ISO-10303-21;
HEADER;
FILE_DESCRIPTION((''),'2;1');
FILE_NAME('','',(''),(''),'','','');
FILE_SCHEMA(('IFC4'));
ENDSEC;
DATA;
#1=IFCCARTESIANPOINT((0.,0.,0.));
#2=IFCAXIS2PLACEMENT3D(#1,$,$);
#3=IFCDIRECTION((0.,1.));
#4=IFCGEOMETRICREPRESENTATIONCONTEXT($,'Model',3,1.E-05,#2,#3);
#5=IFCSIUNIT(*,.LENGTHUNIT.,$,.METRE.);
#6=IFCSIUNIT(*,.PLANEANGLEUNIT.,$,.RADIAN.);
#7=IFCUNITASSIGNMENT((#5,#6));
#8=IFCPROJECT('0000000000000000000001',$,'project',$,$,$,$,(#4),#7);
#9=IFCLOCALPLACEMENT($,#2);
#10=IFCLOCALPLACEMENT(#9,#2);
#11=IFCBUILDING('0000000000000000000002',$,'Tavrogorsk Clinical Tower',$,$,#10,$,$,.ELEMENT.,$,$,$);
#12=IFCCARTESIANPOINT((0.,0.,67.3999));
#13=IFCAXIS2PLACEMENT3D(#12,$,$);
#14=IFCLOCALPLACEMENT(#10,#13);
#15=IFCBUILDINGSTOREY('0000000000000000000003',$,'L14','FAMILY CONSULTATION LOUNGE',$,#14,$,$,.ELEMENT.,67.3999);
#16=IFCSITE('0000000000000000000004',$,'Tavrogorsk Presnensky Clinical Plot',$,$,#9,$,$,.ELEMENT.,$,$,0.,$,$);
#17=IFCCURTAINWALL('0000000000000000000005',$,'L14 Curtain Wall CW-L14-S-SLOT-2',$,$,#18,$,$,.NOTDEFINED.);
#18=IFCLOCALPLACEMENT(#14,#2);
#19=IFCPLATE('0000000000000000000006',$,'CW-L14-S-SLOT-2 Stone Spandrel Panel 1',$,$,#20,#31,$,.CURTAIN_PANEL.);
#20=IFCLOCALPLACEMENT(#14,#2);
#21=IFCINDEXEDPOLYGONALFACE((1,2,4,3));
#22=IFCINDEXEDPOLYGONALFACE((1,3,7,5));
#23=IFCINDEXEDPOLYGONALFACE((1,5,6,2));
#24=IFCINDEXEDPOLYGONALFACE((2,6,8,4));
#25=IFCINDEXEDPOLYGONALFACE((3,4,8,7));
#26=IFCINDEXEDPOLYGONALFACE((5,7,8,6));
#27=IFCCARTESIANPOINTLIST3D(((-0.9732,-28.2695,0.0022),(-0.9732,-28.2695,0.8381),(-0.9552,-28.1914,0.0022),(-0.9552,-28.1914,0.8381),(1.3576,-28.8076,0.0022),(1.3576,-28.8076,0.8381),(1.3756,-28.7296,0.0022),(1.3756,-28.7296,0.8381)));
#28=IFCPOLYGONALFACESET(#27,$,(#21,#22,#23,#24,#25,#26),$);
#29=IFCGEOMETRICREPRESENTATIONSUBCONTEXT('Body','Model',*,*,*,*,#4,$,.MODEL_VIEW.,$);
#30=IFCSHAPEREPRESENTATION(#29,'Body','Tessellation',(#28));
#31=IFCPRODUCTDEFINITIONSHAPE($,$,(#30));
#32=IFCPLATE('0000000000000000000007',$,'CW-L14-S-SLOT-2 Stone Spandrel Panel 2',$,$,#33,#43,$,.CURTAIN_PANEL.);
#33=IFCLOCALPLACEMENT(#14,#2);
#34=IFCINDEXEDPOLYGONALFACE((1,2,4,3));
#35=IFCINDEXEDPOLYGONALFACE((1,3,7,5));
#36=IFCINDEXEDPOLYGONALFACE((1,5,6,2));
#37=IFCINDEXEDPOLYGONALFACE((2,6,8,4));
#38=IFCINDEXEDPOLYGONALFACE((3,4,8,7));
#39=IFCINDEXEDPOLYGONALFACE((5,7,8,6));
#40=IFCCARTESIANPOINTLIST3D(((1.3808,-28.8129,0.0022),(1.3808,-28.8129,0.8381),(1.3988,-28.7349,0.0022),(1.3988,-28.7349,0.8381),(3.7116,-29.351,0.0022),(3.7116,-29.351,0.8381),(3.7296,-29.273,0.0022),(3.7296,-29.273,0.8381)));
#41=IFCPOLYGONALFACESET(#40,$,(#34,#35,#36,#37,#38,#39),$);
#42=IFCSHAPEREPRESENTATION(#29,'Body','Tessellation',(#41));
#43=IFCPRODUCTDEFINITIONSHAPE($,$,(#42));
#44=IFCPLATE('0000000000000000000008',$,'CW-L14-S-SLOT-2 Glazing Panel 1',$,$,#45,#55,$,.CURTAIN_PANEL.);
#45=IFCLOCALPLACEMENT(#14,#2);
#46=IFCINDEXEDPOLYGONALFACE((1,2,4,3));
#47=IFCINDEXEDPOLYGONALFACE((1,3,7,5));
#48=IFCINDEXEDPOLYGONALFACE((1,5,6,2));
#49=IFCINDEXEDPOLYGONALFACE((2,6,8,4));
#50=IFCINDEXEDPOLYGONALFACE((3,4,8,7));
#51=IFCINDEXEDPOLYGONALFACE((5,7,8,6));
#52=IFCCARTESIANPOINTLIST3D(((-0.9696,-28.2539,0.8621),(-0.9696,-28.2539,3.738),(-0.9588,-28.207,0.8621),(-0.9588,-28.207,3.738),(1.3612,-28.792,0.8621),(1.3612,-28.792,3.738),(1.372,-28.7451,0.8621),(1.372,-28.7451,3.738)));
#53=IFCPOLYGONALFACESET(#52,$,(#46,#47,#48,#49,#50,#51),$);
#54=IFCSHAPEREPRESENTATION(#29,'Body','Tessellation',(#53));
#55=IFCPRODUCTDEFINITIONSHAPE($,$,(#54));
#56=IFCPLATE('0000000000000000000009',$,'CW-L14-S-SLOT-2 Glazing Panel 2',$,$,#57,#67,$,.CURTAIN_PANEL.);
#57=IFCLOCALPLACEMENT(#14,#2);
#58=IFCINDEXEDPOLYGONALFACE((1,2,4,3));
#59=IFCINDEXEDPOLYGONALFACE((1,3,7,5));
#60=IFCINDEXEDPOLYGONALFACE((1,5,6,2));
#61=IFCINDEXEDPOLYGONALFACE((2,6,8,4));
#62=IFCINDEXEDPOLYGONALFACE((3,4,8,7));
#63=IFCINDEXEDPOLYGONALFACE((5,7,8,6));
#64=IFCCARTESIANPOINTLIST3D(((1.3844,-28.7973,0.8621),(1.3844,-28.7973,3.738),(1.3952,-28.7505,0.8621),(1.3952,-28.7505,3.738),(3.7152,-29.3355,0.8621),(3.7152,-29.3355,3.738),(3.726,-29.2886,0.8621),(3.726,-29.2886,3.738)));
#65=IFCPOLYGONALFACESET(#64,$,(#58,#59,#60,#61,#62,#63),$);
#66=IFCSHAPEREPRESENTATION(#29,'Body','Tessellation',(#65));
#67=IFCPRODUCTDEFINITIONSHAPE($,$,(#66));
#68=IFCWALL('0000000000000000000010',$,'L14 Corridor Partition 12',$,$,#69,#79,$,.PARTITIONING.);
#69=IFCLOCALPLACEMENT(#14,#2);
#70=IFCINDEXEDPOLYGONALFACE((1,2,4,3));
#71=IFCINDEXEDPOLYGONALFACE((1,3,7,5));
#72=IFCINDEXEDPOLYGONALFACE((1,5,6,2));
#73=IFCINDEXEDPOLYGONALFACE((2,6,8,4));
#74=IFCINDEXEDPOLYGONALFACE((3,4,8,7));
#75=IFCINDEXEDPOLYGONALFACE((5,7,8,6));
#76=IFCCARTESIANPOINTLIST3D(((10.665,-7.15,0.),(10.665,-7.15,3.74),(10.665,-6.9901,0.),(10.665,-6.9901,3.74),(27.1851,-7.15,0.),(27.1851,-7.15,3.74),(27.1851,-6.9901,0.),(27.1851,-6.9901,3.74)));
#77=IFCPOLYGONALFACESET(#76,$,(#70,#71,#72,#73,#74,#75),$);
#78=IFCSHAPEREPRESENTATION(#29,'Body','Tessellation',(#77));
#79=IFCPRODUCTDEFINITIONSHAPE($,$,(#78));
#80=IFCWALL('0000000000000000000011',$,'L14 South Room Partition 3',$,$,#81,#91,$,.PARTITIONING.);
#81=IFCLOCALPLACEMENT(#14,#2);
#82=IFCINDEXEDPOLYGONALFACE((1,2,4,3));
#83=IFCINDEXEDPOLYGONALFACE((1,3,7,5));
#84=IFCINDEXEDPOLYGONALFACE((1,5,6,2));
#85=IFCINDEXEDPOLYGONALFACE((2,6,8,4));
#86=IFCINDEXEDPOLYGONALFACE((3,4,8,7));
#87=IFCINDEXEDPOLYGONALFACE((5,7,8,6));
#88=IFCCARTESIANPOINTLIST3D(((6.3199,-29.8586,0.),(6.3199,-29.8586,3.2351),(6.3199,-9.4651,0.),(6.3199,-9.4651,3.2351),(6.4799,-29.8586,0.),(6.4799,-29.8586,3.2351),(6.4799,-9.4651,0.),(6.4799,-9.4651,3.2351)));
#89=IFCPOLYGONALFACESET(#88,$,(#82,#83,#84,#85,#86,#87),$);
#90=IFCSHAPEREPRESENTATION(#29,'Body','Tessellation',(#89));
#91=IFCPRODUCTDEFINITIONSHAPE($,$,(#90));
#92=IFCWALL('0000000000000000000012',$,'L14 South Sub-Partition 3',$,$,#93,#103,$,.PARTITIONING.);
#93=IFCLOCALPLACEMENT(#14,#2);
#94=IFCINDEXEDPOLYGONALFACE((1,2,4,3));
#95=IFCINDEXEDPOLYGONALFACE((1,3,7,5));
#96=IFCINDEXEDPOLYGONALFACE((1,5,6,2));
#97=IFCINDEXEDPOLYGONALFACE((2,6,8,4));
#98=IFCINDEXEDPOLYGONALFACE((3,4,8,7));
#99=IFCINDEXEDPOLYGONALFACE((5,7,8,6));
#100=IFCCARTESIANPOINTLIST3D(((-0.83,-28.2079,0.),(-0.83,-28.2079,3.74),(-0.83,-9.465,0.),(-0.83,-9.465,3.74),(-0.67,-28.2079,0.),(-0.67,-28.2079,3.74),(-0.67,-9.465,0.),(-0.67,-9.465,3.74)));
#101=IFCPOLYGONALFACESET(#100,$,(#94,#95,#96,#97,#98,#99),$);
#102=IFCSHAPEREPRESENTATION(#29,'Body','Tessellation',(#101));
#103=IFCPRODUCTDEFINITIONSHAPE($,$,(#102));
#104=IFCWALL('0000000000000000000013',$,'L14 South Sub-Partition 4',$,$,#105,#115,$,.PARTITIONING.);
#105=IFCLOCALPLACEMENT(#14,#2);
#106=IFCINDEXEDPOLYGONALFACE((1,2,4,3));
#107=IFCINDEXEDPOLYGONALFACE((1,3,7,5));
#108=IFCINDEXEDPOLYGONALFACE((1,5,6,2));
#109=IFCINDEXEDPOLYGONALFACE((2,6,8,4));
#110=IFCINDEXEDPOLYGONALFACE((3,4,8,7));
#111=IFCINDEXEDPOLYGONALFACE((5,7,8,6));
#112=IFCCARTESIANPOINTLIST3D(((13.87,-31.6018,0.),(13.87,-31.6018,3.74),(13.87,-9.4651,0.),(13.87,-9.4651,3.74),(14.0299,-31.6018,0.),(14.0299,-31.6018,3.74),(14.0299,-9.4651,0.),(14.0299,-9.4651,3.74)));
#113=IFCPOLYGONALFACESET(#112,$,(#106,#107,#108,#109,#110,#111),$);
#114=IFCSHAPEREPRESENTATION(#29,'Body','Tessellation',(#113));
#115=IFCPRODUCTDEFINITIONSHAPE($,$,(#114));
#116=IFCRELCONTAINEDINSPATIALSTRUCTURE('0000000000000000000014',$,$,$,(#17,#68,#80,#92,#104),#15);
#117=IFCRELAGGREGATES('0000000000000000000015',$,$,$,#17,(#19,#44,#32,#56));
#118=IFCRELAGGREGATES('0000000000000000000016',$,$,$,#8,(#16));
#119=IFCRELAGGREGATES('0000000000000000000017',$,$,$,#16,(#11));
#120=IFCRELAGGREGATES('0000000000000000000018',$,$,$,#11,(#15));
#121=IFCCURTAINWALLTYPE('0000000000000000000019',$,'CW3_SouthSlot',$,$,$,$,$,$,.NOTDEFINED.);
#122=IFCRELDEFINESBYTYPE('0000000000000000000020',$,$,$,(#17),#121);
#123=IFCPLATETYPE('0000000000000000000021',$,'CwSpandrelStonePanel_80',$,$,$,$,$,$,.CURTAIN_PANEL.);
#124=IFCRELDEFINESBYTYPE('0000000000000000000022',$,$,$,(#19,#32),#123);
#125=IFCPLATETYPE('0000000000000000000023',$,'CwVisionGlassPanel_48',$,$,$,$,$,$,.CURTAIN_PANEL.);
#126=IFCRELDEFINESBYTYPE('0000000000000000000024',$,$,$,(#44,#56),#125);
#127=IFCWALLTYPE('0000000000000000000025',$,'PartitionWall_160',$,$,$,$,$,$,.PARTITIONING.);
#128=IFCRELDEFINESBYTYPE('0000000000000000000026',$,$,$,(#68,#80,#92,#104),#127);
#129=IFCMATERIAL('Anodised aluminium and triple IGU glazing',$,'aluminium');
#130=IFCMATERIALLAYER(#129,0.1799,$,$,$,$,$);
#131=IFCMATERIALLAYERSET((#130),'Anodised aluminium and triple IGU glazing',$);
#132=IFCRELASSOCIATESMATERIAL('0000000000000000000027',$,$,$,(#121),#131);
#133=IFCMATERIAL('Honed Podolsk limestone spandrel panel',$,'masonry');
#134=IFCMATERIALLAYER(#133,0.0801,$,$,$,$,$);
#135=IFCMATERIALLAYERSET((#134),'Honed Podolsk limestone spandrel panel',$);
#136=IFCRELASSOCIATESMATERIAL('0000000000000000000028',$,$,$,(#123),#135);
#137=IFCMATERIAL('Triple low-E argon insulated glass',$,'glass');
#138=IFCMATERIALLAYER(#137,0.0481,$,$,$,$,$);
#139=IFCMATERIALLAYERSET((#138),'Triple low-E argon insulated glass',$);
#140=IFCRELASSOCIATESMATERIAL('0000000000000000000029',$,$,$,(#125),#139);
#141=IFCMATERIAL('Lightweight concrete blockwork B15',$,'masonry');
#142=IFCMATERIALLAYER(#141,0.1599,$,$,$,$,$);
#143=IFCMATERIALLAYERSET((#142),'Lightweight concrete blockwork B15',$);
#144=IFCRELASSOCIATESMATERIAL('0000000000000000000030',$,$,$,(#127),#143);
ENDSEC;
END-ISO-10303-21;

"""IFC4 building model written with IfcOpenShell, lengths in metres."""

from ifc_helpers import new_model, si_unit, direction, frame, frame_2d, origin, origin_2d, place, context, subcontext, project, spatial, rectangle, extrude, material, layer, layer_set, type_object, element, aggregate, save


model = new_model("IFC4")

# Units and contexts
model_context = context("Model", 3, precision=1e-05, world=origin(), true_north=direction((0.0, 1.0)))
body_context = subcontext(model_context, "Body", "Model", "MODEL_VIEW")
ifc_project = project(units=[si_unit("LENGTHUNIT", "METRE"), si_unit("PLANEANGLEUNIT", "RADIAN")], contexts=[model_context])

# Site, building, storey
site_placement = place(None, origin())
site = spatial("IfcSite", under=ifc_project, at=site_placement, Name="Tavrogorsk Presnensky Clinical Plot", CompositionType="ELEMENT", RefElevation=0.0)
building_placement = place(site_placement, origin())
building = spatial("IfcBuilding", under=site, at=building_placement, Name="Tavrogorsk Clinical Tower", CompositionType="ELEMENT")
storey_placement = place(building_placement, frame((0.0, 0.0, 67.3999)))
storey = spatial("IfcBuildingStorey", under=building, at=storey_placement, Name="L14", Description="FAMILY CONSULTATION LOUNGE", CompositionType="ELEMENT", Elevation=67.3999)

# Curtain wall
ifc_material_1 = material(Name="Anodised aluminium and triple IGU glazing", Category="aluminium")
ifc_layer_1 = layer(ifc_material_1, 0.1799)
ifc_layer_set_1 = layer_set([ifc_layer_1], Name="Anodised aluminium and triple IGU glazing")
curtain_wall_type = type_object("IfcCurtainWallType", Name="CW3_SouthSlot", PredefinedType="NOTDEFINED", material=ifc_layer_set_1)
curtain_wall_placement = place(storey_placement, origin())
curtain_wall = element("IfcCurtainWall", 1, at=curtain_wall_placement, inside=storey, type_object=curtain_wall_type, Name="L14 Curtain Wall CW-L14-S-SLOT-2", PredefinedType="NOTDEFINED")

# Plates
ifc_material_2 = material(Name="Honed Podolsk limestone spandrel panel", Category="masonry")
ifc_layer_2 = layer(ifc_material_2, 0.0801)
ifc_layer_set_2 = layer_set([ifc_layer_2], Name="Honed Podolsk limestone spandrel panel")
plate_type_1 = type_object("IfcPlateType", Name="CwSpandrelStonePanel_80", PredefinedType="CURTAIN_PANEL", material=ifc_layer_set_2)
plate_1_placement = place(storey_placement, frame((0.2012, -28.4995, 0.0022), z_axis=(0.0, 0.0, 1.0), x_axis=(0.97437, -0.224951, 0.0)))
plate_1 = element("IfcPlate", 2, at=plate_1_placement, type_object=plate_type_1, Name="CW-L14-S-SLOT-2 Stone Spandrel Panel 1", PredefinedType="CURTAIN_PANEL", context=body_context, shape_type="SweptSolid", body=[
    extrude(rectangle(XDim=2.3921, YDim=0.0801, at=origin_2d()), origin(), (0.0, 0.0, 1.0), 0.8359),
])
plate_2_placement = place(storey_placement, frame((2.5552, -29.043, 0.0022), z_axis=(0.0, 0.0, 1.0), x_axis=(0.97437, -0.224951, 0.0)))
plate_2 = element("IfcPlate", 3, at=plate_2_placement, type_object=plate_type_1, Name="CW-L14-S-SLOT-2 Stone Spandrel Panel 2", PredefinedType="CURTAIN_PANEL", context=body_context, shape_type="SweptSolid", body=[
    extrude(rectangle(XDim=2.3921, YDim=0.0801, at=origin_2d()), origin(), (0.0, 0.0, 1.0), 0.8359),
])
ifc_material_3 = material(Name="Triple low-E argon insulated glass", Category="glass")
ifc_layer_3 = layer(ifc_material_3, 0.0481)
ifc_layer_set_3 = layer_set([ifc_layer_3], Name="Triple low-E argon insulated glass")
plate_type_2 = type_object("IfcPlateType", Name="CwVisionGlassPanel_48", PredefinedType="CURTAIN_PANEL", material=ifc_layer_set_3)
plate_3_placement = place(storey_placement, frame((0.2012, -28.4995, 0.8621), z_axis=(0.0, 0.0, 1.0), x_axis=(0.97437, -0.224951, 0.0)))
plate_3 = element("IfcPlate", 4, at=plate_3_placement, type_object=plate_type_2, Name="CW-L14-S-SLOT-2 Glazing Panel 1", PredefinedType="CURTAIN_PANEL", context=body_context, shape_type="SweptSolid", body=[
    extrude(rectangle(XDim=2.3921, YDim=0.0481, at=origin_2d()), origin(), (0.0, 0.0, 1.0), 2.876),
])
plate_4_placement = place(storey_placement, frame((2.5552, -29.043, 0.8621), z_axis=(0.0, 0.0, 1.0), x_axis=(0.97437, -0.224951, 0.0)))
plate_4 = element("IfcPlate", 5, at=plate_4_placement, type_object=plate_type_2, Name="CW-L14-S-SLOT-2 Glazing Panel 2", PredefinedType="CURTAIN_PANEL", context=body_context, shape_type="SweptSolid", body=[
    extrude(rectangle(XDim=2.3921, YDim=0.0481, at=origin_2d()), origin(), (0.0, 0.0, 1.0), 2.876),
])
aggregate(curtain_wall, [plate_1, plate_3, plate_2, plate_4])

# Walls
ifc_material_4 = material(Name="Lightweight concrete blockwork B15", Category="masonry")
ifc_layer_4 = layer(ifc_material_4, 0.1599)
ifc_layer_set_4 = layer_set([ifc_layer_4], Name="Lightweight concrete blockwork B15")
wall_type_1 = type_object("IfcWallType", Name="PartitionWall_160", PredefinedType="PARTITIONING", material=ifc_layer_set_4)
wall_1_placement = place(storey_placement, frame((10.665, -7.0701, 0.0), z_axis=(0.0, 0.0, 1.0), x_axis=(1.0, 0.0, 0.0)))
element("IfcWall", 6, at=wall_1_placement, inside=storey, type_object=wall_type_1, Name="L14 Corridor Partition 12", PredefinedType="PARTITIONING", context=body_context, shape_type="SweptSolid", body=[
    extrude(rectangle(XDim=16.52, YDim=0.1599, at=frame_2d((8.26, 0.0))), origin(), (0.0, 0.0, 1.0), 3.74),
])
wall_2_placement = place(storey_placement, frame((6.3999, -29.8586, 0.0), z_axis=(0.0, 0.0, 1.0), x_axis=(0.0, 1.0, 0.0)))
element("IfcWall", 7, at=wall_2_placement, inside=storey, type_object=wall_type_1, Name="L14 South Room Partition 3", PredefinedType="PARTITIONING", context=body_context, shape_type="SweptSolid", body=[
    extrude(rectangle(XDim=20.3936, YDim=0.1599, at=frame_2d((10.1968, 0.0))), origin(), (0.0, 0.0, 1.0), 3.2351),
])
wall_3_placement = place(storey_placement, frame((-0.75, -28.208, 0.0), z_axis=(0.0, 0.0, 1.0), x_axis=(0.0, 1.0, 0.0)))
element("IfcWall", 8, at=wall_3_placement, inside=storey, type_object=wall_type_1, Name="L14 South Sub-Partition 3", PredefinedType="PARTITIONING", context=body_context, shape_type="SweptSolid", body=[
    extrude(rectangle(XDim=18.7429, YDim=0.1599, at=frame_2d((9.3716, 0.0))), origin(), (0.0, 0.0, 1.0), 3.74),
])
wall_4_placement = place(storey_placement, frame((13.95, -31.6018, 0.0), z_axis=(0.0, 0.0, 1.0), x_axis=(0.0, 1.0, 0.0)))
element("IfcWall", 9, at=wall_4_placement, inside=storey, type_object=wall_type_1, Name="L14 South Sub-Partition 4", PredefinedType="PARTITIONING", context=body_context, shape_type="SweptSolid", body=[
    extrude(rectangle(XDim=22.1367, YDim=0.1599, at=frame_2d((11.0684, 0.0))), origin(), (0.0, 0.0, 1.0), 3.74),
])

save(model, "model.ifc")
